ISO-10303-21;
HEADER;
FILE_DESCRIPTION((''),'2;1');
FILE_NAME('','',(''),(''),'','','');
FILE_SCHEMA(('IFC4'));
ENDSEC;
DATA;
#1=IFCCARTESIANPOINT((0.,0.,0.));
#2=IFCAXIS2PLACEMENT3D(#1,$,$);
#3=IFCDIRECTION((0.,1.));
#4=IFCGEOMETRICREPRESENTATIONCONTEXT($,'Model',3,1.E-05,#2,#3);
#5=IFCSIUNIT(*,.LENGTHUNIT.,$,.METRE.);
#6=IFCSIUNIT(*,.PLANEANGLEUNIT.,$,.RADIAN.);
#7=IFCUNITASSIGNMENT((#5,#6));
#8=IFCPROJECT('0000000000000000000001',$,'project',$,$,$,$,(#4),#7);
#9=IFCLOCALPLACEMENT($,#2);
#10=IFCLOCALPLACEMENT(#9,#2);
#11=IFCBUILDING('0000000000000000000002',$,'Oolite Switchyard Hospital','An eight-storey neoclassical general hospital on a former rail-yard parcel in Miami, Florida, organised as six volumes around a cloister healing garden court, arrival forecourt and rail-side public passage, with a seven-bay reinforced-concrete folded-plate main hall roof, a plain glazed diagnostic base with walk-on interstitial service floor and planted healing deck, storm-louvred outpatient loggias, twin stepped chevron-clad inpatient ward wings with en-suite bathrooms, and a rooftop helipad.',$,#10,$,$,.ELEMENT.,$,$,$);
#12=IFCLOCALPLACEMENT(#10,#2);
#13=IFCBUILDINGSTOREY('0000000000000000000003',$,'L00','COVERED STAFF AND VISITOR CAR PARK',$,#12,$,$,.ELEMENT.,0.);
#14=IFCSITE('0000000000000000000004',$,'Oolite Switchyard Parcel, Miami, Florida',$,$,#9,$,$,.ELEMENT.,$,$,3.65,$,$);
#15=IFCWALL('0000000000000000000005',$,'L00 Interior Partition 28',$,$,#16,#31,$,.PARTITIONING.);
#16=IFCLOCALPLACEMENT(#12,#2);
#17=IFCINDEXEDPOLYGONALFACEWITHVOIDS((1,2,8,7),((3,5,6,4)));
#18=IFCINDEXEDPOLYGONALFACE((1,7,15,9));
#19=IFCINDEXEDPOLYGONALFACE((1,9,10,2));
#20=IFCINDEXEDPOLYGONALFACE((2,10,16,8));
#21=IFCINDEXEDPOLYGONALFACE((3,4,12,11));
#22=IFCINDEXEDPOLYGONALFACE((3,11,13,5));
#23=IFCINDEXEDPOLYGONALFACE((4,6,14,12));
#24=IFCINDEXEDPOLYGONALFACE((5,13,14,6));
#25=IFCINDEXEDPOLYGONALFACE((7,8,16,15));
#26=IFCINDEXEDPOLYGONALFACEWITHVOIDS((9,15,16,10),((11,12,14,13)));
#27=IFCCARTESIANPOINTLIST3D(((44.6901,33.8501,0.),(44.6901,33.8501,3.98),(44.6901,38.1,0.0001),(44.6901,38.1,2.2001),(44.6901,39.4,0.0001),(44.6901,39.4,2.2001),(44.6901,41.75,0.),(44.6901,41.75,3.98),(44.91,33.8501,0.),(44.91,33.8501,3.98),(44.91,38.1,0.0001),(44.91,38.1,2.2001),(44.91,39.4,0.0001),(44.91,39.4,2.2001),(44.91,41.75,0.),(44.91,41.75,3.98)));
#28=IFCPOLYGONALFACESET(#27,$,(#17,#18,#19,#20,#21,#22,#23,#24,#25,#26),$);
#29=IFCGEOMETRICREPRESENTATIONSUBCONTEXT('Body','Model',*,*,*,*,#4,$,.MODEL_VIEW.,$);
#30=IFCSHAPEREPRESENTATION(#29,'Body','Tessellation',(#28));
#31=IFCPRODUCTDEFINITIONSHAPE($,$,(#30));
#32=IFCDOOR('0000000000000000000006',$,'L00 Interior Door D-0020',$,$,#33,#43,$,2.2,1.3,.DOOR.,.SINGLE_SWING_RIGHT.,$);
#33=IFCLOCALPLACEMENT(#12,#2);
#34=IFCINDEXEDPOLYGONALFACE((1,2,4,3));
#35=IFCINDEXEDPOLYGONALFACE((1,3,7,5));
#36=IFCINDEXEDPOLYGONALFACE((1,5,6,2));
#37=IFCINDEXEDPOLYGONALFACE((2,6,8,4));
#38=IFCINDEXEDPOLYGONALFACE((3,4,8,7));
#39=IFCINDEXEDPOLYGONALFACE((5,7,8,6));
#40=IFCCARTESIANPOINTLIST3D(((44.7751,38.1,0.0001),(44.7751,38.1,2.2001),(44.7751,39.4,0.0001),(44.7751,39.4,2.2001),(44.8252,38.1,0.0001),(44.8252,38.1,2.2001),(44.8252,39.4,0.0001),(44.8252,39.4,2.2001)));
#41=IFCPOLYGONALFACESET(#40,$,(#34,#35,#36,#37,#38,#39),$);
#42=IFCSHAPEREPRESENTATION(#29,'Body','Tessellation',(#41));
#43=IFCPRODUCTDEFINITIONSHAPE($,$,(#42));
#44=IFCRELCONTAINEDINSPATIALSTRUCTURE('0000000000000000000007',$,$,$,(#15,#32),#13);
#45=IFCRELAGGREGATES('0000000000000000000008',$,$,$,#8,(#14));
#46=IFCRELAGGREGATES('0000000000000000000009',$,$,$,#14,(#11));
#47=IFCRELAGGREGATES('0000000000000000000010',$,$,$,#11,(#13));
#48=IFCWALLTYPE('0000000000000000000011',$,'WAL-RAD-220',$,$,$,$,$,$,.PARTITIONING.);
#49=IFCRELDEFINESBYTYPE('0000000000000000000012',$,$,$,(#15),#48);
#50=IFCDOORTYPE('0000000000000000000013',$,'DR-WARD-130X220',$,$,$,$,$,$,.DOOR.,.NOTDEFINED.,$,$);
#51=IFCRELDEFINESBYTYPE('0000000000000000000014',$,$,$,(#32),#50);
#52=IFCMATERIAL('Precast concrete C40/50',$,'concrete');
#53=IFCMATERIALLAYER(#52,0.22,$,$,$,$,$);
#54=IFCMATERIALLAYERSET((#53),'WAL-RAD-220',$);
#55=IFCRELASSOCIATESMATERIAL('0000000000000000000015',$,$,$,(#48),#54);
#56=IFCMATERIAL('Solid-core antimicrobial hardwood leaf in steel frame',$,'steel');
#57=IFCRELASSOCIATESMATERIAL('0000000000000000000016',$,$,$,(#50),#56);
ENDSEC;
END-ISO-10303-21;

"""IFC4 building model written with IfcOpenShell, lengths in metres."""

from ifc_helpers import new_model, si_unit, direction, frame, frame_2d, origin, place, context, subcontext, project, spatial, rectangle, extrude, material, layer, layer_set, type_object, element, fill, save


model = new_model("IFC4")

# Units and contexts
model_context = context("Model", 3, precision=1e-05, world=origin(), true_north=direction((0.0, 1.0)))
body_context = subcontext(model_context, "Body", "Model", "MODEL_VIEW")
ifc_project = project(units=[si_unit("LENGTHUNIT", "METRE"), si_unit("PLANEANGLEUNIT", "RADIAN")], contexts=[model_context])

# Site, building, storey
site_placement = place(None, origin())
site = spatial("IfcSite", under=ifc_project, at=site_placement, Name="Oolite Switchyard Parcel, Miami, Florida", CompositionType="ELEMENT", RefElevation=3.65)
building_placement = place(site_placement, origin())
building = spatial("IfcBuilding", under=site, at=building_placement, Name="Oolite Switchyard Hospital", Description="An eight-storey neoclassical general hospital on a former rail-yard parcel in Miami, Florida, organised as six volumes around a cloister healing garden court, arrival forecourt and rail-side public passage, with a seven-bay reinforced-concrete folded-plate main hall roof, a plain glazed diagnostic base with walk-on interstitial service floor and planted healing deck, storm-louvred outpatient loggias, twin stepped chevron-clad inpatient ward wings with en-suite bathrooms, and a rooftop helipad.", CompositionType="ELEMENT")
storey_placement = place(building_placement, origin())
storey = spatial("IfcBuildingStorey", under=building, at=storey_placement, Name="L00", Description="COVERED STAFF AND VISITOR CAR PARK", CompositionType="ELEMENT", Elevation=0.0)

# Wall, opening, door
ifc_material_1 = material(Name="Precast concrete C40/50", Category="concrete")
ifc_layer_1 = layer(ifc_material_1, 0.22)
ifc_layer_set_1 = layer_set([ifc_layer_1], Name="WAL-RAD-220")
wall_type_1 = type_object("IfcWallType", Name="WAL-RAD-220", PredefinedType="PARTITIONING", material=ifc_layer_set_1)
wall_1_placement = place(storey_placement, frame((44.8, 33.8501, 0.0), z_axis=(0.0, 0.0, 1.0), x_axis=(0.0, 1.0, 0.0)))
wall_1 = element("IfcWall", 1, at=wall_1_placement, inside=storey, type_object=wall_type_1, Name="L00 Interior Partition 28", PredefinedType="PARTITIONING", context=body_context, shape_type="SweptSolid", body=[
    extrude(rectangle(XDim=7.8999, YDim=0.22, at=frame_2d((3.95, 0.0))), origin(), (0.0, 0.0, 1.0), 3.98),
])
opening_1_placement = place(wall_1_placement, frame((4.25, 0.0, 0.0)))
opening_1 = element("IfcOpeningElement", 2, at=opening_1_placement, cuts=wall_1, PredefinedType="OPENING", context=body_context, shape_type="SweptSolid", body=[
    extrude(rectangle(XDim=1.3, YDim=2.2, at=frame_2d((0.6499, 1.1001))), frame((0.0, 0.1201, 0.0), z_axis=(0.0, -1.0, 0.0), x_axis=(1.0, 0.0, 0.0)), (0.0, 0.0, 1.0), 0.24),
])
ifc_material_2 = material(Name="Solid-core antimicrobial hardwood leaf in steel frame", Category="steel")
door_type_1 = type_object("IfcDoorType", Name="DR-WARD-130X220", OperationType="NOTDEFINED", PredefinedType="DOOR", material=ifc_material_2)
door_1_placement = place(opening_1_placement, origin())
door_1 = element("IfcDoor", 3, at=door_1_placement, inside=storey, type_object=door_type_1, Name="L00 Interior Door D-0020", OperationType="SINGLE_SWING_RIGHT", OverallHeight=2.2, OverallWidth=1.3, PredefinedType="DOOR", context=body_context, shape_type="SweptSolid", body=[
    extrude(rectangle(XDim=1.3, YDim=2.2, at=frame_2d((0.6499, 1.1001))), frame((0.0, 0.0249, 0.0), z_axis=(0.0, -1.0, 0.0), x_axis=(1.0, 0.0, 0.0)), (0.0, 0.0, 1.0), 0.05),
])
fill(opening_1, door_1)

save(model, "model.ifc")
